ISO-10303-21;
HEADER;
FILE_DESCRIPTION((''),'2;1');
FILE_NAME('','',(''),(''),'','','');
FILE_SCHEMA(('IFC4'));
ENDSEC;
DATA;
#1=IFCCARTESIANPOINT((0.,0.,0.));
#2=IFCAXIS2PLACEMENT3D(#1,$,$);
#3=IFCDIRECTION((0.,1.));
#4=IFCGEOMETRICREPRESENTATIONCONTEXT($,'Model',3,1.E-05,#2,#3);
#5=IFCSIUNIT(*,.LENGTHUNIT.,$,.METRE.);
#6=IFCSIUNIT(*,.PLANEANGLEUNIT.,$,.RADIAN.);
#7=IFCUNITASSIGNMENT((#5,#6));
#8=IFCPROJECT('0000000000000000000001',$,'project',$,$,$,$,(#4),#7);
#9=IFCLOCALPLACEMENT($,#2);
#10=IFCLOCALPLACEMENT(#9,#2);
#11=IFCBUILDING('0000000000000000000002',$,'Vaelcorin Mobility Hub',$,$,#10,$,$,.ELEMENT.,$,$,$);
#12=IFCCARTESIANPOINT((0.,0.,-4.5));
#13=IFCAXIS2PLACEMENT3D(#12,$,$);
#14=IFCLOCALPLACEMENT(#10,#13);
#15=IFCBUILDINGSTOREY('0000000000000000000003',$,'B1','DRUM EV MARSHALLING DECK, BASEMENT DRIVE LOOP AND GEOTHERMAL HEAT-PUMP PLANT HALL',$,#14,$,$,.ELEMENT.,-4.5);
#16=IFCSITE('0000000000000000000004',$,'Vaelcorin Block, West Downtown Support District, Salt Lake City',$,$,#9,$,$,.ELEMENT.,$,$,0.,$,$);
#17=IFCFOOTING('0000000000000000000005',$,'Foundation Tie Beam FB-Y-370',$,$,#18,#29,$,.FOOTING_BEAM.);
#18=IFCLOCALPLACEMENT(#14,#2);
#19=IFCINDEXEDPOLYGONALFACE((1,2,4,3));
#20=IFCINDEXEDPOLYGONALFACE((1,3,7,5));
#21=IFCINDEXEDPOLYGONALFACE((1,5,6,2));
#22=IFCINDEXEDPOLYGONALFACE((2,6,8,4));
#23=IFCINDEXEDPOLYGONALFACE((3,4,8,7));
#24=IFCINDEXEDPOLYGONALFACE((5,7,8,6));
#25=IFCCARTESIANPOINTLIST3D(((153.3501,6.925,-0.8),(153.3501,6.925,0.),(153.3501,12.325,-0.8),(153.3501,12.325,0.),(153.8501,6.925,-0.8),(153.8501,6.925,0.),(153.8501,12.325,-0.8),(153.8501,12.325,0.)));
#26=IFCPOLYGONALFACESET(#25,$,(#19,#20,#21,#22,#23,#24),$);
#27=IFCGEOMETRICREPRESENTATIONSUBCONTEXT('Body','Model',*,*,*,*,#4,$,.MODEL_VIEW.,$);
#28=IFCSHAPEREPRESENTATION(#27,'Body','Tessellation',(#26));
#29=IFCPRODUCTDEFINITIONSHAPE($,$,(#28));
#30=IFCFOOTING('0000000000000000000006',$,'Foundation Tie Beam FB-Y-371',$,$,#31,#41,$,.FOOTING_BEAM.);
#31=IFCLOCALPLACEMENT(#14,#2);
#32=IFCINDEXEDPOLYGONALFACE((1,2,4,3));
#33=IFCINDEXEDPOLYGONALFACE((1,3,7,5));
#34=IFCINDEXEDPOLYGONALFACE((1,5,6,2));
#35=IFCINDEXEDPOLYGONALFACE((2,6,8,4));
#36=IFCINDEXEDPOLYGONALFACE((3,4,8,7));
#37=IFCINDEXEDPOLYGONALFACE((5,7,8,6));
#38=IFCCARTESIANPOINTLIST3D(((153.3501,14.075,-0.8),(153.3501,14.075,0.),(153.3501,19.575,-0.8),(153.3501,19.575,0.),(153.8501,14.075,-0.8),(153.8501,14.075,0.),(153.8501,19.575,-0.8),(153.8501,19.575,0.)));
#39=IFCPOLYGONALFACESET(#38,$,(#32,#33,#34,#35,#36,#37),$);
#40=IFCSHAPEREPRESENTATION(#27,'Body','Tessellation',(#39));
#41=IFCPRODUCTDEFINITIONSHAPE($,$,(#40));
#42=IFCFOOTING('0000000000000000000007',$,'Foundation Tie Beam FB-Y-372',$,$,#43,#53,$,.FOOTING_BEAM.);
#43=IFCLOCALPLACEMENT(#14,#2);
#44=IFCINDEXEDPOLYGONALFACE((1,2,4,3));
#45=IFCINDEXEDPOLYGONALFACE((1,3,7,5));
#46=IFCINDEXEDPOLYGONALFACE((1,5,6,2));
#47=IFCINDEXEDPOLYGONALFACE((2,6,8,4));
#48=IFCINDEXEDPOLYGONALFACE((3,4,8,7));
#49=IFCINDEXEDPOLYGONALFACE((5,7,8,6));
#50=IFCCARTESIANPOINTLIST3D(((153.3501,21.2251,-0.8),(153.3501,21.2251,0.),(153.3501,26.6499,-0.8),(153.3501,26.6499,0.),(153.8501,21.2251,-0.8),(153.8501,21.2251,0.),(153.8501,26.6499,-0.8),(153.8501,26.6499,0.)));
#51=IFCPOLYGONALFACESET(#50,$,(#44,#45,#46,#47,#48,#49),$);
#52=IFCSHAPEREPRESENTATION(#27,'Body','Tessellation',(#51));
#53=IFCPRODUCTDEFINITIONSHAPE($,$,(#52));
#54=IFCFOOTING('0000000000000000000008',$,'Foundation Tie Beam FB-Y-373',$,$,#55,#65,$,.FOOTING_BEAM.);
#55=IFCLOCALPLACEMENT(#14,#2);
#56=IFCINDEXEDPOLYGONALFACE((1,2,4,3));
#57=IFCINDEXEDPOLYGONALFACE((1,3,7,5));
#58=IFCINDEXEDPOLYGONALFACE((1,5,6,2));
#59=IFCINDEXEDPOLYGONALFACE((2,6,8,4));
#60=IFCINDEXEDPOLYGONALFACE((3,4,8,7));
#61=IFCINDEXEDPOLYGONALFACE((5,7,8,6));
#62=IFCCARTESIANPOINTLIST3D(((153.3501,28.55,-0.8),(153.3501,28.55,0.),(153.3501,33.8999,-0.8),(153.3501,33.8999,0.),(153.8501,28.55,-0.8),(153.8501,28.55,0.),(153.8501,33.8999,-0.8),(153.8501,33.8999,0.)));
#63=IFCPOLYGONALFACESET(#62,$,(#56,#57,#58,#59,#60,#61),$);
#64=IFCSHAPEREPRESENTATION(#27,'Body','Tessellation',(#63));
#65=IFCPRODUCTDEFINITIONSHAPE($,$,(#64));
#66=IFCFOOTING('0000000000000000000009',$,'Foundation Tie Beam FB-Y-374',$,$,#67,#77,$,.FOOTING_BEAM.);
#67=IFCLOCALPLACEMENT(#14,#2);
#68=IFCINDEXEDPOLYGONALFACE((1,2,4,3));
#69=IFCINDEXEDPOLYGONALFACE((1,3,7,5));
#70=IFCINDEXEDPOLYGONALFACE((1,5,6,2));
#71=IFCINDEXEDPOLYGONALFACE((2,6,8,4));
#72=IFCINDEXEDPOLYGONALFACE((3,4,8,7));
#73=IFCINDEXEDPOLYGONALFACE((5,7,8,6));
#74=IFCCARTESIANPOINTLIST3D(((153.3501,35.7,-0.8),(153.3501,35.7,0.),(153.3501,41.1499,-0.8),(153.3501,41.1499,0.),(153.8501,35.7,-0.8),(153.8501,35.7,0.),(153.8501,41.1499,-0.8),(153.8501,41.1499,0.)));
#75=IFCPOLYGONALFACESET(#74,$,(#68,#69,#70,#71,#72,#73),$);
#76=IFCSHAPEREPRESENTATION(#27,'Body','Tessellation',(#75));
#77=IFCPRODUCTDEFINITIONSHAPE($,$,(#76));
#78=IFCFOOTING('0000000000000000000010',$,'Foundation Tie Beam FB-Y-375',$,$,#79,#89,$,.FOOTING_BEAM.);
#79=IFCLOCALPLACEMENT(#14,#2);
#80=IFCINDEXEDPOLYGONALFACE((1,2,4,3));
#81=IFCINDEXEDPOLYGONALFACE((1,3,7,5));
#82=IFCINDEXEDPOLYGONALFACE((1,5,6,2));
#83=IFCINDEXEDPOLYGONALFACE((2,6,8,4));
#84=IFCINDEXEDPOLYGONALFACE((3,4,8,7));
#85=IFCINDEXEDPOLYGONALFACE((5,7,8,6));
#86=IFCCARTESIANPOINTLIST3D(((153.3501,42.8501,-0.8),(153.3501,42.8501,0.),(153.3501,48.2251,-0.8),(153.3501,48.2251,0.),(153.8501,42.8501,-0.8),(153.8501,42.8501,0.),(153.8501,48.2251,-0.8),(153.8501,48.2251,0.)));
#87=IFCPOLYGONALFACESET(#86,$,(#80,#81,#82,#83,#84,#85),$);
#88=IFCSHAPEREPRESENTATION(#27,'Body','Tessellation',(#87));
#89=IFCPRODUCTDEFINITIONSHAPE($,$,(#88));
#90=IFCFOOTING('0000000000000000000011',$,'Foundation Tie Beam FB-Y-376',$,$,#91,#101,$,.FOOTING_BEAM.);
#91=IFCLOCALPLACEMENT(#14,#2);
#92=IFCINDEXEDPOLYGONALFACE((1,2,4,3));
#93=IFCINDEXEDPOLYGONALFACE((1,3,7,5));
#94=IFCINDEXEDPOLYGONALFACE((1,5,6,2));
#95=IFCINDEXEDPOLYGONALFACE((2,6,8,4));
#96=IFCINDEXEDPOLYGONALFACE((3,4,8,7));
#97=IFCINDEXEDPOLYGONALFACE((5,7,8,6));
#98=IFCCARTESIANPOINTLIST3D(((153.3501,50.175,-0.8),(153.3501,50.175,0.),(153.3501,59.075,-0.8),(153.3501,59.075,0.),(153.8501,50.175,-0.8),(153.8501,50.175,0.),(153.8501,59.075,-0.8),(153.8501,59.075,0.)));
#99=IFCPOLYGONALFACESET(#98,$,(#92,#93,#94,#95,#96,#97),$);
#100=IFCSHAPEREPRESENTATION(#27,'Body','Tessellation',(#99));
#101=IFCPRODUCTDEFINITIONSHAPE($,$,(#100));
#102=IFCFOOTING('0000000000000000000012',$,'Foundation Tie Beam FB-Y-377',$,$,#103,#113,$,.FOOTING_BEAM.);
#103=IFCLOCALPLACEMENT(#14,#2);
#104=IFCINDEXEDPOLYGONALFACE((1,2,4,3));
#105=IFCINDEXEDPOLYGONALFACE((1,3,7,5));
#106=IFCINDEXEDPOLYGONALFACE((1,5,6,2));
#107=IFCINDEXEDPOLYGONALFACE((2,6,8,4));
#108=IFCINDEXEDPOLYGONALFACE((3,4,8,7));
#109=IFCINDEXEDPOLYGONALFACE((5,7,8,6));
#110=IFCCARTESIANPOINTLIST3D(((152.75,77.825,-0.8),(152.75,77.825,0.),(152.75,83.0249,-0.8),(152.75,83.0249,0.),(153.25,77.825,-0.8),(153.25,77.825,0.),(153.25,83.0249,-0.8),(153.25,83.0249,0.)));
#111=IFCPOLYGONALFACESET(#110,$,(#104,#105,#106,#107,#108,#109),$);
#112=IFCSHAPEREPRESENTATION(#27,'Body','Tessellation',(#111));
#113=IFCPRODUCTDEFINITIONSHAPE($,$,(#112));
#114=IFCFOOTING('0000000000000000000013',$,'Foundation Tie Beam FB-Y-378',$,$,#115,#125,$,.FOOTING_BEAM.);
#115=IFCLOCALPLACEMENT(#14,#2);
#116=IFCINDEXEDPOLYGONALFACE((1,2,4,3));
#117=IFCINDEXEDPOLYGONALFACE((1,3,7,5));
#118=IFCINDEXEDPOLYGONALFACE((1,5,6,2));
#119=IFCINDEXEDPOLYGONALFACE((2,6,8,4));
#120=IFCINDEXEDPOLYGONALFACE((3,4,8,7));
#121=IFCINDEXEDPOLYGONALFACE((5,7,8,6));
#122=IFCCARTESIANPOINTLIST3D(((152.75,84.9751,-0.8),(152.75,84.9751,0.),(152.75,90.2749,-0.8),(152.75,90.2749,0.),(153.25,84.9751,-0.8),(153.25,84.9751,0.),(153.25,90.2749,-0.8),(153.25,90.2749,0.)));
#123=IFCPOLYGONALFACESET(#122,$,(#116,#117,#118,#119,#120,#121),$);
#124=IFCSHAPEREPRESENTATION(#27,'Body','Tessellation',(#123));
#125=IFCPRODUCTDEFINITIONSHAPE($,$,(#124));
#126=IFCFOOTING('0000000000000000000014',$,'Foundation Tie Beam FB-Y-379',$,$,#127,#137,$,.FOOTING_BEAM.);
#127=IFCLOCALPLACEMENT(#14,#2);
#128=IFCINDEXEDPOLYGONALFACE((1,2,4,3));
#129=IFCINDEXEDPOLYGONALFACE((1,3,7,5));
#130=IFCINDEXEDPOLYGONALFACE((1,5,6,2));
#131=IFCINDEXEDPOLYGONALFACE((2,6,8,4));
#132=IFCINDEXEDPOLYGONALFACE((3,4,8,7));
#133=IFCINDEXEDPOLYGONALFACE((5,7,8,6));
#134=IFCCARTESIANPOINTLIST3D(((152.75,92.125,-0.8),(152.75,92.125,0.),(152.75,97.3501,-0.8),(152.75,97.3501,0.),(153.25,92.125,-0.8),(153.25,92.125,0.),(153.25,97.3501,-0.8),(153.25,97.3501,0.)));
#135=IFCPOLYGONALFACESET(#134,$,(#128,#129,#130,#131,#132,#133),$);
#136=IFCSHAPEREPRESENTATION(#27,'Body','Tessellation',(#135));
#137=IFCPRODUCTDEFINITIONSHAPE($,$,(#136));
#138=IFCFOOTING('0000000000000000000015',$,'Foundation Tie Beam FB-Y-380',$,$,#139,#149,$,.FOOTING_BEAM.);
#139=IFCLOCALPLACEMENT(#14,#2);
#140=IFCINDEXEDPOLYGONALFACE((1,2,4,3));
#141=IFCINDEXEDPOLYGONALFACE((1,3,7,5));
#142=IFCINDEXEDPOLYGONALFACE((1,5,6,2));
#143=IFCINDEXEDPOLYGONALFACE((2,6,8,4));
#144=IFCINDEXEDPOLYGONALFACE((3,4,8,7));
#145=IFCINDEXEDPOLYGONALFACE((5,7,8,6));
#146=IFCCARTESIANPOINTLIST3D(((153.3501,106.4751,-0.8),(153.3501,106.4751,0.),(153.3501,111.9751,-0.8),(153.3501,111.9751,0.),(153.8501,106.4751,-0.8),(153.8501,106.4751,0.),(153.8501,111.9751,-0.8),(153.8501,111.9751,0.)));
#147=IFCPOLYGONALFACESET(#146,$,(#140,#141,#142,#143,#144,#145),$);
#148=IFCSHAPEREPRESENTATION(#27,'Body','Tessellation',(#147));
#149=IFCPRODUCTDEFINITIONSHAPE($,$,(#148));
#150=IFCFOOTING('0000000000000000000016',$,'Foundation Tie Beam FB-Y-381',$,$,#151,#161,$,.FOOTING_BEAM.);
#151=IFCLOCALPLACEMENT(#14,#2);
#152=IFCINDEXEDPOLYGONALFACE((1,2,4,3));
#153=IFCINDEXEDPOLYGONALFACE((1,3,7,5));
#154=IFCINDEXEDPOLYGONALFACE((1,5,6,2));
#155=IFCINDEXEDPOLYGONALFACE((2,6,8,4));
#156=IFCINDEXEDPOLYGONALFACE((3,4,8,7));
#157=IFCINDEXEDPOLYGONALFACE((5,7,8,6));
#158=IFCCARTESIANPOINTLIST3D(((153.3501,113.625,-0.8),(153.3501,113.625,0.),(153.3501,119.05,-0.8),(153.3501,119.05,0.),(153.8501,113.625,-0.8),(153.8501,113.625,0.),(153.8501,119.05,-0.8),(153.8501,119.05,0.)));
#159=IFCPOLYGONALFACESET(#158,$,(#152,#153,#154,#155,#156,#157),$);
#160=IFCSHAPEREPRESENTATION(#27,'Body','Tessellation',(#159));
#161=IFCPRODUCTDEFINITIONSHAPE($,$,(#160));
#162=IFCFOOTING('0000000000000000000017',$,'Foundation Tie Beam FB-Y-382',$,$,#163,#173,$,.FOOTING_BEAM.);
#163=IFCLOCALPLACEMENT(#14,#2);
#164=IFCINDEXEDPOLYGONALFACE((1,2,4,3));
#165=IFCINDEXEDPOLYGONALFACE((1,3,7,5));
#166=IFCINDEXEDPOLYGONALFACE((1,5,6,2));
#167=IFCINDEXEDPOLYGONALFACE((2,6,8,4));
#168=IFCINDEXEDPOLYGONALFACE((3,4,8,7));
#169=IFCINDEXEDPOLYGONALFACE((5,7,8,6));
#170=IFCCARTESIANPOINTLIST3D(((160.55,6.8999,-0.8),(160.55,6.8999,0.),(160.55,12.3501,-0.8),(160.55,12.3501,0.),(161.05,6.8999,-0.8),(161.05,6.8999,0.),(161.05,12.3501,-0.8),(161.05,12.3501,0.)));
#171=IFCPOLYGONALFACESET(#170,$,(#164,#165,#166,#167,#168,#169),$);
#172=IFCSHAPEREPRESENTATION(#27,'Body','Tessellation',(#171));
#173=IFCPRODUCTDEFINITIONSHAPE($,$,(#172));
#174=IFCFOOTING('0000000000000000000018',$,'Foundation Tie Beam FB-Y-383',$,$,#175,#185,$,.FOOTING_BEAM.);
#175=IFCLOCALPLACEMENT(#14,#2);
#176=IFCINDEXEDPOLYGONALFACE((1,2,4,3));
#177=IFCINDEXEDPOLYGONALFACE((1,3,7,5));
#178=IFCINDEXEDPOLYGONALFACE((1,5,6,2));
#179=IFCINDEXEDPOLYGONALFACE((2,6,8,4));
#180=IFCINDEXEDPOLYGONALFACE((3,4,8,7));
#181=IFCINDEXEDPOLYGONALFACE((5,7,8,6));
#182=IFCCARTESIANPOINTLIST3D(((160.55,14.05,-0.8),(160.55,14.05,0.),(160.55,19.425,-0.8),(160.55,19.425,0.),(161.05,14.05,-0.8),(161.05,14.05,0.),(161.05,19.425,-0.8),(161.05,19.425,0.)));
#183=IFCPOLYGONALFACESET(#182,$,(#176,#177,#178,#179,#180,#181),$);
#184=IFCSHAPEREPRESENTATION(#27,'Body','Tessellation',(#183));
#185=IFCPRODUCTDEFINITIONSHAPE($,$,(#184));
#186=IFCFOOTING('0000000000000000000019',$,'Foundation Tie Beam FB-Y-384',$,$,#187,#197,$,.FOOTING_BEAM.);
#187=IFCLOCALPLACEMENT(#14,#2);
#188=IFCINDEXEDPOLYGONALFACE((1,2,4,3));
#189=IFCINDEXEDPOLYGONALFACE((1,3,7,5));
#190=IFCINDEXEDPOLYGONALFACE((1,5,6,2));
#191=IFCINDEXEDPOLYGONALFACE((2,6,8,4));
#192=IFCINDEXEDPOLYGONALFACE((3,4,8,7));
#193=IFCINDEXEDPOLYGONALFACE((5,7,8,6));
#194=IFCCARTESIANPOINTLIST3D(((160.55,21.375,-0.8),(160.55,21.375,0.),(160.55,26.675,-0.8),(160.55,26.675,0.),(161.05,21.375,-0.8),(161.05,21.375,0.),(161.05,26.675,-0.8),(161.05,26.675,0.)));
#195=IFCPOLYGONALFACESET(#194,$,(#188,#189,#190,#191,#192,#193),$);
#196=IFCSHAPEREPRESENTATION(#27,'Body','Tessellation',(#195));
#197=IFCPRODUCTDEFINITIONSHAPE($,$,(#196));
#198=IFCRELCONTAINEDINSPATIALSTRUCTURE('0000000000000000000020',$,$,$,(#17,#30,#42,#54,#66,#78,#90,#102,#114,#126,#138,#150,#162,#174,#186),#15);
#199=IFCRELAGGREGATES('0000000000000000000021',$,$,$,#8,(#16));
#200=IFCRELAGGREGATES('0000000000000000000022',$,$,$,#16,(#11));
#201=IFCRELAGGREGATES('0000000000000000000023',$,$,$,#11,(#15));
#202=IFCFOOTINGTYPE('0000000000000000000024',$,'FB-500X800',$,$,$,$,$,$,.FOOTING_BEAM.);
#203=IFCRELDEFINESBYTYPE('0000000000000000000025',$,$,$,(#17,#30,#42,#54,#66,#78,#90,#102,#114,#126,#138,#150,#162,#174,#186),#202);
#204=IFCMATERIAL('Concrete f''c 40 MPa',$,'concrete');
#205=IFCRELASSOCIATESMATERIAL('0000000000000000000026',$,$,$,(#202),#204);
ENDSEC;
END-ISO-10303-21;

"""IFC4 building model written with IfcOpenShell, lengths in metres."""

from ifc_helpers import new_model, si_unit, direction, frame, origin, place, context, subcontext, project, spatial, polyline, outline, extrude, material, type_object, element, save


model = new_model("IFC4")

# Units and contexts
model_context = context("Model", 3, precision=1e-05, world=origin(), true_north=direction((0.0, 1.0)))
body_context = subcontext(model_context, "Body", "Model", "MODEL_VIEW")
ifc_project = project(units=[si_unit("LENGTHUNIT", "METRE"), si_unit("PLANEANGLEUNIT", "RADIAN")], contexts=[model_context])

# Site, building, storey
site_placement = place(None, origin())
site = spatial("IfcSite", under=ifc_project, at=site_placement, Name="Vaelcorin Block, West Downtown Support District, Salt Lake City", CompositionType="ELEMENT", RefElevation=0.0)
building_placement = place(site_placement, origin())
building = spatial("IfcBuilding", under=site, at=building_placement, Name="Vaelcorin Mobility Hub", CompositionType="ELEMENT")
storey_placement = place(building_placement, frame((0.0, 0.0, -4.5)))
storey = spatial("IfcBuildingStorey", under=building, at=storey_placement, Name="B1", Description="DRUM EV MARSHALLING DECK, BASEMENT DRIVE LOOP AND GEOTHERMAL HEAT-PUMP PLANT HALL", CompositionType="ELEMENT", Elevation=-4.5)

# Footings
ifc_material = material(Name="Concrete f'c 40 MPa", Category="concrete")
footing_type = type_object("IfcFootingType", Name="FB-500X800", PredefinedType="FOOTING_BEAM", material=ifc_material)
footing_1_placement = place(storey_placement, frame((0.0, 0.0, -0.8)))
element("IfcFooting", 1, at=footing_1_placement, inside=storey, type_object=footing_type, Name="Foundation Tie Beam FB-Y-370", PredefinedType="FOOTING_BEAM", context=body_context, shape_type="SweptSolid", body=[
    extrude(outline(polyline([(153.3501, 6.925), (153.8501, 6.925), (153.8501, 12.325), (153.3501, 12.325), (153.3501, 6.925)])), origin(), (0.0, 0.0, 1.0), 0.8),
])
footing_2_placement = place(storey_placement, frame((0.0, 0.0, -0.8)))
element("IfcFooting", 2, at=footing_2_placement, inside=storey, type_object=footing_type, Name="Foundation Tie Beam FB-Y-371", PredefinedType="FOOTING_BEAM", context=body_context, shape_type="SweptSolid", body=[
    extrude(outline(polyline([(153.3501, 14.075), (153.8501, 14.075), (153.8501, 19.575), (153.3501, 19.575), (153.3501, 14.075)])), origin(), (0.0, 0.0, 1.0), 0.8),
])
footing_3_placement = place(storey_placement, frame((0.0, 0.0, -0.8)))
element("IfcFooting", 3, at=footing_3_placement, inside=storey, type_object=footing_type, Name="Foundation Tie Beam FB-Y-372", PredefinedType="FOOTING_BEAM", context=body_context, shape_type="SweptSolid", body=[
    extrude(outline(polyline([(153.3501, 21.2251), (153.8501, 21.2251), (153.8501, 26.6499), (153.3501, 26.6499), (153.3501, 21.2251)])), origin(), (0.0, 0.0, 1.0), 0.8),
])
footing_4_placement = place(storey_placement, frame((0.0, 0.0, -0.8)))
element("IfcFooting", 4, at=footing_4_placement, inside=storey, type_object=footing_type, Name="Foundation Tie Beam FB-Y-373", PredefinedType="FOOTING_BEAM", context=body_context, shape_type="SweptSolid", body=[
    extrude(outline(polyline([(153.3501, 28.55), (153.8501, 28.55), (153.8501, 33.8999), (153.3501, 33.8999), (153.3501, 28.55)])), origin(), (0.0, 0.0, 1.0), 0.8),
])
footing_5_placement = place(storey_placement, frame((0.0, 0.0, -0.8)))
element("IfcFooting", 5, at=footing_5_placement, inside=storey, type_object=footing_type, Name="Foundation Tie Beam FB-Y-374", PredefinedType="FOOTING_BEAM", context=body_context, shape_type="SweptSolid", body=[
    extrude(outline(polyline([(153.3501, 35.7), (153.8501, 35.7), (153.8501, 41.1499), (153.3501, 41.1499), (153.3501, 35.7)])), origin(), (0.0, 0.0, 1.0), 0.8),
])
footing_6_placement = place(storey_placement, frame((0.0, 0.0, -0.8)))
element("IfcFooting", 6, at=footing_6_placement, inside=storey, type_object=footing_type, Name="Foundation Tie Beam FB-Y-375", PredefinedType="FOOTING_BEAM", context=body_context, shape_type="SweptSolid", body=[
    extrude(outline(polyline([(153.3501, 42.8501), (153.8501, 42.8501), (153.8501, 48.2251), (153.3501, 48.2251), (153.3501, 42.8501)])), origin(), (0.0, 0.0, 1.0), 0.8),
])
footing_7_placement = place(storey_placement, frame((0.0, 0.0, -0.8)))
element("IfcFooting", 7, at=footing_7_placement, inside=storey, type_object=footing_type, Name="Foundation Tie Beam FB-Y-376", PredefinedType="FOOTING_BEAM", context=body_context, shape_type="SweptSolid", body=[
    extrude(outline(polyline([(153.3501, 50.175), (153.8501, 50.175), (153.8501, 59.075), (153.3501, 59.075), (153.3501, 50.175)])), origin(), (0.0, 0.0, 1.0), 0.8),
])
footing_8_placement = place(storey_placement, frame((0.0, 0.0, -0.8)))
element("IfcFooting", 8, at=footing_8_placement, inside=storey, type_object=footing_type, Name="Foundation Tie Beam FB-Y-377", PredefinedType="FOOTING_BEAM", context=body_context, shape_type="SweptSolid", body=[
    extrude(outline(polyline([(152.75, 77.825), (153.25, 77.825), (153.25, 83.0249), (152.75, 83.0249), (152.75, 77.825)])), origin(), (0.0, 0.0, 1.0), 0.8),
])
footing_9_placement = place(storey_placement, frame((0.0, 0.0, -0.8)))
element("IfcFooting", 9, at=footing_9_placement, inside=storey, type_object=footing_type, Name="Foundation Tie Beam FB-Y-378", PredefinedType="FOOTING_BEAM", context=body_context, shape_type="SweptSolid", body=[
    extrude(outline(polyline([(152.75, 84.9751), (153.25, 84.9751), (153.25, 90.2749), (152.75, 90.2749), (152.75, 84.9751)])), origin(), (0.0, 0.0, 1.0), 0.8),
])
footing_10_placement = place(storey_placement, frame((0.0, 0.0, -0.8)))
element("IfcFooting", 10, at=footing_10_placement, inside=storey, type_object=footing_type, Name="Foundation Tie Beam FB-Y-379", PredefinedType="FOOTING_BEAM", context=body_context, shape_type="SweptSolid", body=[
    extrude(outline(polyline([(152.75, 92.125), (153.25, 92.125), (153.25, 97.3501), (152.75, 97.3501), (152.75, 92.125)])), origin(), (0.0, 0.0, 1.0), 0.8),
])
footing_11_placement = place(storey_placement, frame((0.0, 0.0, -0.8)))
element("IfcFooting", 11, at=footing_11_placement, inside=storey, type_object=footing_type, Name="Foundation Tie Beam FB-Y-380", PredefinedType="FOOTING_BEAM", context=body_context, shape_type="SweptSolid", body=[
    extrude(outline(polyline([(153.3501, 106.4751), (153.8501, 106.4751), (153.8501, 111.9751), (153.3501, 111.9751), (153.3501, 106.4751)])), origin(), (0.0, 0.0, 1.0), 0.8),
])
footing_12_placement = place(storey_placement, frame((0.0, 0.0, -0.8)))
element("IfcFooting", 12, at=footing_12_placement, inside=storey, type_object=footing_type, Name="Foundation Tie Beam FB-Y-381", PredefinedType="FOOTING_BEAM", context=body_context, shape_type="SweptSolid", body=[
    extrude(outline(polyline([(153.3501, 113.625), (153.8501, 113.625), (153.8501, 119.05), (153.3501, 119.05), (153.3501, 113.625)])), origin(), (0.0, 0.0, 1.0), 0.8),
])
footing_13_placement = place(storey_placement, frame((0.0, 0.0, -0.8)))
element("IfcFooting", 13, at=footing_13_placement, inside=storey, type_object=footing_type, Name="Foundation Tie Beam FB-Y-382", PredefinedType="FOOTING_BEAM", context=body_context, shape_type="SweptSolid", body=[
    extrude(outline(polyline([(160.55, 6.8999), (161.05, 6.8999), (161.05, 12.3501), (160.55, 12.3501), (160.55, 6.8999)])), origin(), (0.0, 0.0, 1.0), 0.8),
])
footing_14_placement = place(storey_placement, frame((0.0, 0.0, -0.8)))
element("IfcFooting", 14, at=footing_14_placement, inside=storey, type_object=footing_type, Name="Foundation Tie Beam FB-Y-383", PredefinedType="FOOTING_BEAM", context=body_context, shape_type="SweptSolid", body=[
    extrude(outline(polyline([(160.55, 14.05), (161.05, 14.05), (161.05, 19.425), (160.55, 19.425), (160.55, 14.05)])), origin(), (0.0, 0.0, 1.0), 0.8),
])
footing_15_placement = place(storey_placement, frame((0.0, 0.0, -0.8)))
element("IfcFooting", 15, at=footing_15_placement, inside=storey, type_object=footing_type, Name="Foundation Tie Beam FB-Y-384", PredefinedType="FOOTING_BEAM", context=body_context, shape_type="SweptSolid", body=[
    extrude(outline(polyline([(160.55, 21.375), (161.05, 21.375), (161.05, 26.675), (160.55, 26.675), (160.55, 21.375)])), origin(), (0.0, 0.0, 1.0), 0.8),
])

save(model, "model.ifc")
